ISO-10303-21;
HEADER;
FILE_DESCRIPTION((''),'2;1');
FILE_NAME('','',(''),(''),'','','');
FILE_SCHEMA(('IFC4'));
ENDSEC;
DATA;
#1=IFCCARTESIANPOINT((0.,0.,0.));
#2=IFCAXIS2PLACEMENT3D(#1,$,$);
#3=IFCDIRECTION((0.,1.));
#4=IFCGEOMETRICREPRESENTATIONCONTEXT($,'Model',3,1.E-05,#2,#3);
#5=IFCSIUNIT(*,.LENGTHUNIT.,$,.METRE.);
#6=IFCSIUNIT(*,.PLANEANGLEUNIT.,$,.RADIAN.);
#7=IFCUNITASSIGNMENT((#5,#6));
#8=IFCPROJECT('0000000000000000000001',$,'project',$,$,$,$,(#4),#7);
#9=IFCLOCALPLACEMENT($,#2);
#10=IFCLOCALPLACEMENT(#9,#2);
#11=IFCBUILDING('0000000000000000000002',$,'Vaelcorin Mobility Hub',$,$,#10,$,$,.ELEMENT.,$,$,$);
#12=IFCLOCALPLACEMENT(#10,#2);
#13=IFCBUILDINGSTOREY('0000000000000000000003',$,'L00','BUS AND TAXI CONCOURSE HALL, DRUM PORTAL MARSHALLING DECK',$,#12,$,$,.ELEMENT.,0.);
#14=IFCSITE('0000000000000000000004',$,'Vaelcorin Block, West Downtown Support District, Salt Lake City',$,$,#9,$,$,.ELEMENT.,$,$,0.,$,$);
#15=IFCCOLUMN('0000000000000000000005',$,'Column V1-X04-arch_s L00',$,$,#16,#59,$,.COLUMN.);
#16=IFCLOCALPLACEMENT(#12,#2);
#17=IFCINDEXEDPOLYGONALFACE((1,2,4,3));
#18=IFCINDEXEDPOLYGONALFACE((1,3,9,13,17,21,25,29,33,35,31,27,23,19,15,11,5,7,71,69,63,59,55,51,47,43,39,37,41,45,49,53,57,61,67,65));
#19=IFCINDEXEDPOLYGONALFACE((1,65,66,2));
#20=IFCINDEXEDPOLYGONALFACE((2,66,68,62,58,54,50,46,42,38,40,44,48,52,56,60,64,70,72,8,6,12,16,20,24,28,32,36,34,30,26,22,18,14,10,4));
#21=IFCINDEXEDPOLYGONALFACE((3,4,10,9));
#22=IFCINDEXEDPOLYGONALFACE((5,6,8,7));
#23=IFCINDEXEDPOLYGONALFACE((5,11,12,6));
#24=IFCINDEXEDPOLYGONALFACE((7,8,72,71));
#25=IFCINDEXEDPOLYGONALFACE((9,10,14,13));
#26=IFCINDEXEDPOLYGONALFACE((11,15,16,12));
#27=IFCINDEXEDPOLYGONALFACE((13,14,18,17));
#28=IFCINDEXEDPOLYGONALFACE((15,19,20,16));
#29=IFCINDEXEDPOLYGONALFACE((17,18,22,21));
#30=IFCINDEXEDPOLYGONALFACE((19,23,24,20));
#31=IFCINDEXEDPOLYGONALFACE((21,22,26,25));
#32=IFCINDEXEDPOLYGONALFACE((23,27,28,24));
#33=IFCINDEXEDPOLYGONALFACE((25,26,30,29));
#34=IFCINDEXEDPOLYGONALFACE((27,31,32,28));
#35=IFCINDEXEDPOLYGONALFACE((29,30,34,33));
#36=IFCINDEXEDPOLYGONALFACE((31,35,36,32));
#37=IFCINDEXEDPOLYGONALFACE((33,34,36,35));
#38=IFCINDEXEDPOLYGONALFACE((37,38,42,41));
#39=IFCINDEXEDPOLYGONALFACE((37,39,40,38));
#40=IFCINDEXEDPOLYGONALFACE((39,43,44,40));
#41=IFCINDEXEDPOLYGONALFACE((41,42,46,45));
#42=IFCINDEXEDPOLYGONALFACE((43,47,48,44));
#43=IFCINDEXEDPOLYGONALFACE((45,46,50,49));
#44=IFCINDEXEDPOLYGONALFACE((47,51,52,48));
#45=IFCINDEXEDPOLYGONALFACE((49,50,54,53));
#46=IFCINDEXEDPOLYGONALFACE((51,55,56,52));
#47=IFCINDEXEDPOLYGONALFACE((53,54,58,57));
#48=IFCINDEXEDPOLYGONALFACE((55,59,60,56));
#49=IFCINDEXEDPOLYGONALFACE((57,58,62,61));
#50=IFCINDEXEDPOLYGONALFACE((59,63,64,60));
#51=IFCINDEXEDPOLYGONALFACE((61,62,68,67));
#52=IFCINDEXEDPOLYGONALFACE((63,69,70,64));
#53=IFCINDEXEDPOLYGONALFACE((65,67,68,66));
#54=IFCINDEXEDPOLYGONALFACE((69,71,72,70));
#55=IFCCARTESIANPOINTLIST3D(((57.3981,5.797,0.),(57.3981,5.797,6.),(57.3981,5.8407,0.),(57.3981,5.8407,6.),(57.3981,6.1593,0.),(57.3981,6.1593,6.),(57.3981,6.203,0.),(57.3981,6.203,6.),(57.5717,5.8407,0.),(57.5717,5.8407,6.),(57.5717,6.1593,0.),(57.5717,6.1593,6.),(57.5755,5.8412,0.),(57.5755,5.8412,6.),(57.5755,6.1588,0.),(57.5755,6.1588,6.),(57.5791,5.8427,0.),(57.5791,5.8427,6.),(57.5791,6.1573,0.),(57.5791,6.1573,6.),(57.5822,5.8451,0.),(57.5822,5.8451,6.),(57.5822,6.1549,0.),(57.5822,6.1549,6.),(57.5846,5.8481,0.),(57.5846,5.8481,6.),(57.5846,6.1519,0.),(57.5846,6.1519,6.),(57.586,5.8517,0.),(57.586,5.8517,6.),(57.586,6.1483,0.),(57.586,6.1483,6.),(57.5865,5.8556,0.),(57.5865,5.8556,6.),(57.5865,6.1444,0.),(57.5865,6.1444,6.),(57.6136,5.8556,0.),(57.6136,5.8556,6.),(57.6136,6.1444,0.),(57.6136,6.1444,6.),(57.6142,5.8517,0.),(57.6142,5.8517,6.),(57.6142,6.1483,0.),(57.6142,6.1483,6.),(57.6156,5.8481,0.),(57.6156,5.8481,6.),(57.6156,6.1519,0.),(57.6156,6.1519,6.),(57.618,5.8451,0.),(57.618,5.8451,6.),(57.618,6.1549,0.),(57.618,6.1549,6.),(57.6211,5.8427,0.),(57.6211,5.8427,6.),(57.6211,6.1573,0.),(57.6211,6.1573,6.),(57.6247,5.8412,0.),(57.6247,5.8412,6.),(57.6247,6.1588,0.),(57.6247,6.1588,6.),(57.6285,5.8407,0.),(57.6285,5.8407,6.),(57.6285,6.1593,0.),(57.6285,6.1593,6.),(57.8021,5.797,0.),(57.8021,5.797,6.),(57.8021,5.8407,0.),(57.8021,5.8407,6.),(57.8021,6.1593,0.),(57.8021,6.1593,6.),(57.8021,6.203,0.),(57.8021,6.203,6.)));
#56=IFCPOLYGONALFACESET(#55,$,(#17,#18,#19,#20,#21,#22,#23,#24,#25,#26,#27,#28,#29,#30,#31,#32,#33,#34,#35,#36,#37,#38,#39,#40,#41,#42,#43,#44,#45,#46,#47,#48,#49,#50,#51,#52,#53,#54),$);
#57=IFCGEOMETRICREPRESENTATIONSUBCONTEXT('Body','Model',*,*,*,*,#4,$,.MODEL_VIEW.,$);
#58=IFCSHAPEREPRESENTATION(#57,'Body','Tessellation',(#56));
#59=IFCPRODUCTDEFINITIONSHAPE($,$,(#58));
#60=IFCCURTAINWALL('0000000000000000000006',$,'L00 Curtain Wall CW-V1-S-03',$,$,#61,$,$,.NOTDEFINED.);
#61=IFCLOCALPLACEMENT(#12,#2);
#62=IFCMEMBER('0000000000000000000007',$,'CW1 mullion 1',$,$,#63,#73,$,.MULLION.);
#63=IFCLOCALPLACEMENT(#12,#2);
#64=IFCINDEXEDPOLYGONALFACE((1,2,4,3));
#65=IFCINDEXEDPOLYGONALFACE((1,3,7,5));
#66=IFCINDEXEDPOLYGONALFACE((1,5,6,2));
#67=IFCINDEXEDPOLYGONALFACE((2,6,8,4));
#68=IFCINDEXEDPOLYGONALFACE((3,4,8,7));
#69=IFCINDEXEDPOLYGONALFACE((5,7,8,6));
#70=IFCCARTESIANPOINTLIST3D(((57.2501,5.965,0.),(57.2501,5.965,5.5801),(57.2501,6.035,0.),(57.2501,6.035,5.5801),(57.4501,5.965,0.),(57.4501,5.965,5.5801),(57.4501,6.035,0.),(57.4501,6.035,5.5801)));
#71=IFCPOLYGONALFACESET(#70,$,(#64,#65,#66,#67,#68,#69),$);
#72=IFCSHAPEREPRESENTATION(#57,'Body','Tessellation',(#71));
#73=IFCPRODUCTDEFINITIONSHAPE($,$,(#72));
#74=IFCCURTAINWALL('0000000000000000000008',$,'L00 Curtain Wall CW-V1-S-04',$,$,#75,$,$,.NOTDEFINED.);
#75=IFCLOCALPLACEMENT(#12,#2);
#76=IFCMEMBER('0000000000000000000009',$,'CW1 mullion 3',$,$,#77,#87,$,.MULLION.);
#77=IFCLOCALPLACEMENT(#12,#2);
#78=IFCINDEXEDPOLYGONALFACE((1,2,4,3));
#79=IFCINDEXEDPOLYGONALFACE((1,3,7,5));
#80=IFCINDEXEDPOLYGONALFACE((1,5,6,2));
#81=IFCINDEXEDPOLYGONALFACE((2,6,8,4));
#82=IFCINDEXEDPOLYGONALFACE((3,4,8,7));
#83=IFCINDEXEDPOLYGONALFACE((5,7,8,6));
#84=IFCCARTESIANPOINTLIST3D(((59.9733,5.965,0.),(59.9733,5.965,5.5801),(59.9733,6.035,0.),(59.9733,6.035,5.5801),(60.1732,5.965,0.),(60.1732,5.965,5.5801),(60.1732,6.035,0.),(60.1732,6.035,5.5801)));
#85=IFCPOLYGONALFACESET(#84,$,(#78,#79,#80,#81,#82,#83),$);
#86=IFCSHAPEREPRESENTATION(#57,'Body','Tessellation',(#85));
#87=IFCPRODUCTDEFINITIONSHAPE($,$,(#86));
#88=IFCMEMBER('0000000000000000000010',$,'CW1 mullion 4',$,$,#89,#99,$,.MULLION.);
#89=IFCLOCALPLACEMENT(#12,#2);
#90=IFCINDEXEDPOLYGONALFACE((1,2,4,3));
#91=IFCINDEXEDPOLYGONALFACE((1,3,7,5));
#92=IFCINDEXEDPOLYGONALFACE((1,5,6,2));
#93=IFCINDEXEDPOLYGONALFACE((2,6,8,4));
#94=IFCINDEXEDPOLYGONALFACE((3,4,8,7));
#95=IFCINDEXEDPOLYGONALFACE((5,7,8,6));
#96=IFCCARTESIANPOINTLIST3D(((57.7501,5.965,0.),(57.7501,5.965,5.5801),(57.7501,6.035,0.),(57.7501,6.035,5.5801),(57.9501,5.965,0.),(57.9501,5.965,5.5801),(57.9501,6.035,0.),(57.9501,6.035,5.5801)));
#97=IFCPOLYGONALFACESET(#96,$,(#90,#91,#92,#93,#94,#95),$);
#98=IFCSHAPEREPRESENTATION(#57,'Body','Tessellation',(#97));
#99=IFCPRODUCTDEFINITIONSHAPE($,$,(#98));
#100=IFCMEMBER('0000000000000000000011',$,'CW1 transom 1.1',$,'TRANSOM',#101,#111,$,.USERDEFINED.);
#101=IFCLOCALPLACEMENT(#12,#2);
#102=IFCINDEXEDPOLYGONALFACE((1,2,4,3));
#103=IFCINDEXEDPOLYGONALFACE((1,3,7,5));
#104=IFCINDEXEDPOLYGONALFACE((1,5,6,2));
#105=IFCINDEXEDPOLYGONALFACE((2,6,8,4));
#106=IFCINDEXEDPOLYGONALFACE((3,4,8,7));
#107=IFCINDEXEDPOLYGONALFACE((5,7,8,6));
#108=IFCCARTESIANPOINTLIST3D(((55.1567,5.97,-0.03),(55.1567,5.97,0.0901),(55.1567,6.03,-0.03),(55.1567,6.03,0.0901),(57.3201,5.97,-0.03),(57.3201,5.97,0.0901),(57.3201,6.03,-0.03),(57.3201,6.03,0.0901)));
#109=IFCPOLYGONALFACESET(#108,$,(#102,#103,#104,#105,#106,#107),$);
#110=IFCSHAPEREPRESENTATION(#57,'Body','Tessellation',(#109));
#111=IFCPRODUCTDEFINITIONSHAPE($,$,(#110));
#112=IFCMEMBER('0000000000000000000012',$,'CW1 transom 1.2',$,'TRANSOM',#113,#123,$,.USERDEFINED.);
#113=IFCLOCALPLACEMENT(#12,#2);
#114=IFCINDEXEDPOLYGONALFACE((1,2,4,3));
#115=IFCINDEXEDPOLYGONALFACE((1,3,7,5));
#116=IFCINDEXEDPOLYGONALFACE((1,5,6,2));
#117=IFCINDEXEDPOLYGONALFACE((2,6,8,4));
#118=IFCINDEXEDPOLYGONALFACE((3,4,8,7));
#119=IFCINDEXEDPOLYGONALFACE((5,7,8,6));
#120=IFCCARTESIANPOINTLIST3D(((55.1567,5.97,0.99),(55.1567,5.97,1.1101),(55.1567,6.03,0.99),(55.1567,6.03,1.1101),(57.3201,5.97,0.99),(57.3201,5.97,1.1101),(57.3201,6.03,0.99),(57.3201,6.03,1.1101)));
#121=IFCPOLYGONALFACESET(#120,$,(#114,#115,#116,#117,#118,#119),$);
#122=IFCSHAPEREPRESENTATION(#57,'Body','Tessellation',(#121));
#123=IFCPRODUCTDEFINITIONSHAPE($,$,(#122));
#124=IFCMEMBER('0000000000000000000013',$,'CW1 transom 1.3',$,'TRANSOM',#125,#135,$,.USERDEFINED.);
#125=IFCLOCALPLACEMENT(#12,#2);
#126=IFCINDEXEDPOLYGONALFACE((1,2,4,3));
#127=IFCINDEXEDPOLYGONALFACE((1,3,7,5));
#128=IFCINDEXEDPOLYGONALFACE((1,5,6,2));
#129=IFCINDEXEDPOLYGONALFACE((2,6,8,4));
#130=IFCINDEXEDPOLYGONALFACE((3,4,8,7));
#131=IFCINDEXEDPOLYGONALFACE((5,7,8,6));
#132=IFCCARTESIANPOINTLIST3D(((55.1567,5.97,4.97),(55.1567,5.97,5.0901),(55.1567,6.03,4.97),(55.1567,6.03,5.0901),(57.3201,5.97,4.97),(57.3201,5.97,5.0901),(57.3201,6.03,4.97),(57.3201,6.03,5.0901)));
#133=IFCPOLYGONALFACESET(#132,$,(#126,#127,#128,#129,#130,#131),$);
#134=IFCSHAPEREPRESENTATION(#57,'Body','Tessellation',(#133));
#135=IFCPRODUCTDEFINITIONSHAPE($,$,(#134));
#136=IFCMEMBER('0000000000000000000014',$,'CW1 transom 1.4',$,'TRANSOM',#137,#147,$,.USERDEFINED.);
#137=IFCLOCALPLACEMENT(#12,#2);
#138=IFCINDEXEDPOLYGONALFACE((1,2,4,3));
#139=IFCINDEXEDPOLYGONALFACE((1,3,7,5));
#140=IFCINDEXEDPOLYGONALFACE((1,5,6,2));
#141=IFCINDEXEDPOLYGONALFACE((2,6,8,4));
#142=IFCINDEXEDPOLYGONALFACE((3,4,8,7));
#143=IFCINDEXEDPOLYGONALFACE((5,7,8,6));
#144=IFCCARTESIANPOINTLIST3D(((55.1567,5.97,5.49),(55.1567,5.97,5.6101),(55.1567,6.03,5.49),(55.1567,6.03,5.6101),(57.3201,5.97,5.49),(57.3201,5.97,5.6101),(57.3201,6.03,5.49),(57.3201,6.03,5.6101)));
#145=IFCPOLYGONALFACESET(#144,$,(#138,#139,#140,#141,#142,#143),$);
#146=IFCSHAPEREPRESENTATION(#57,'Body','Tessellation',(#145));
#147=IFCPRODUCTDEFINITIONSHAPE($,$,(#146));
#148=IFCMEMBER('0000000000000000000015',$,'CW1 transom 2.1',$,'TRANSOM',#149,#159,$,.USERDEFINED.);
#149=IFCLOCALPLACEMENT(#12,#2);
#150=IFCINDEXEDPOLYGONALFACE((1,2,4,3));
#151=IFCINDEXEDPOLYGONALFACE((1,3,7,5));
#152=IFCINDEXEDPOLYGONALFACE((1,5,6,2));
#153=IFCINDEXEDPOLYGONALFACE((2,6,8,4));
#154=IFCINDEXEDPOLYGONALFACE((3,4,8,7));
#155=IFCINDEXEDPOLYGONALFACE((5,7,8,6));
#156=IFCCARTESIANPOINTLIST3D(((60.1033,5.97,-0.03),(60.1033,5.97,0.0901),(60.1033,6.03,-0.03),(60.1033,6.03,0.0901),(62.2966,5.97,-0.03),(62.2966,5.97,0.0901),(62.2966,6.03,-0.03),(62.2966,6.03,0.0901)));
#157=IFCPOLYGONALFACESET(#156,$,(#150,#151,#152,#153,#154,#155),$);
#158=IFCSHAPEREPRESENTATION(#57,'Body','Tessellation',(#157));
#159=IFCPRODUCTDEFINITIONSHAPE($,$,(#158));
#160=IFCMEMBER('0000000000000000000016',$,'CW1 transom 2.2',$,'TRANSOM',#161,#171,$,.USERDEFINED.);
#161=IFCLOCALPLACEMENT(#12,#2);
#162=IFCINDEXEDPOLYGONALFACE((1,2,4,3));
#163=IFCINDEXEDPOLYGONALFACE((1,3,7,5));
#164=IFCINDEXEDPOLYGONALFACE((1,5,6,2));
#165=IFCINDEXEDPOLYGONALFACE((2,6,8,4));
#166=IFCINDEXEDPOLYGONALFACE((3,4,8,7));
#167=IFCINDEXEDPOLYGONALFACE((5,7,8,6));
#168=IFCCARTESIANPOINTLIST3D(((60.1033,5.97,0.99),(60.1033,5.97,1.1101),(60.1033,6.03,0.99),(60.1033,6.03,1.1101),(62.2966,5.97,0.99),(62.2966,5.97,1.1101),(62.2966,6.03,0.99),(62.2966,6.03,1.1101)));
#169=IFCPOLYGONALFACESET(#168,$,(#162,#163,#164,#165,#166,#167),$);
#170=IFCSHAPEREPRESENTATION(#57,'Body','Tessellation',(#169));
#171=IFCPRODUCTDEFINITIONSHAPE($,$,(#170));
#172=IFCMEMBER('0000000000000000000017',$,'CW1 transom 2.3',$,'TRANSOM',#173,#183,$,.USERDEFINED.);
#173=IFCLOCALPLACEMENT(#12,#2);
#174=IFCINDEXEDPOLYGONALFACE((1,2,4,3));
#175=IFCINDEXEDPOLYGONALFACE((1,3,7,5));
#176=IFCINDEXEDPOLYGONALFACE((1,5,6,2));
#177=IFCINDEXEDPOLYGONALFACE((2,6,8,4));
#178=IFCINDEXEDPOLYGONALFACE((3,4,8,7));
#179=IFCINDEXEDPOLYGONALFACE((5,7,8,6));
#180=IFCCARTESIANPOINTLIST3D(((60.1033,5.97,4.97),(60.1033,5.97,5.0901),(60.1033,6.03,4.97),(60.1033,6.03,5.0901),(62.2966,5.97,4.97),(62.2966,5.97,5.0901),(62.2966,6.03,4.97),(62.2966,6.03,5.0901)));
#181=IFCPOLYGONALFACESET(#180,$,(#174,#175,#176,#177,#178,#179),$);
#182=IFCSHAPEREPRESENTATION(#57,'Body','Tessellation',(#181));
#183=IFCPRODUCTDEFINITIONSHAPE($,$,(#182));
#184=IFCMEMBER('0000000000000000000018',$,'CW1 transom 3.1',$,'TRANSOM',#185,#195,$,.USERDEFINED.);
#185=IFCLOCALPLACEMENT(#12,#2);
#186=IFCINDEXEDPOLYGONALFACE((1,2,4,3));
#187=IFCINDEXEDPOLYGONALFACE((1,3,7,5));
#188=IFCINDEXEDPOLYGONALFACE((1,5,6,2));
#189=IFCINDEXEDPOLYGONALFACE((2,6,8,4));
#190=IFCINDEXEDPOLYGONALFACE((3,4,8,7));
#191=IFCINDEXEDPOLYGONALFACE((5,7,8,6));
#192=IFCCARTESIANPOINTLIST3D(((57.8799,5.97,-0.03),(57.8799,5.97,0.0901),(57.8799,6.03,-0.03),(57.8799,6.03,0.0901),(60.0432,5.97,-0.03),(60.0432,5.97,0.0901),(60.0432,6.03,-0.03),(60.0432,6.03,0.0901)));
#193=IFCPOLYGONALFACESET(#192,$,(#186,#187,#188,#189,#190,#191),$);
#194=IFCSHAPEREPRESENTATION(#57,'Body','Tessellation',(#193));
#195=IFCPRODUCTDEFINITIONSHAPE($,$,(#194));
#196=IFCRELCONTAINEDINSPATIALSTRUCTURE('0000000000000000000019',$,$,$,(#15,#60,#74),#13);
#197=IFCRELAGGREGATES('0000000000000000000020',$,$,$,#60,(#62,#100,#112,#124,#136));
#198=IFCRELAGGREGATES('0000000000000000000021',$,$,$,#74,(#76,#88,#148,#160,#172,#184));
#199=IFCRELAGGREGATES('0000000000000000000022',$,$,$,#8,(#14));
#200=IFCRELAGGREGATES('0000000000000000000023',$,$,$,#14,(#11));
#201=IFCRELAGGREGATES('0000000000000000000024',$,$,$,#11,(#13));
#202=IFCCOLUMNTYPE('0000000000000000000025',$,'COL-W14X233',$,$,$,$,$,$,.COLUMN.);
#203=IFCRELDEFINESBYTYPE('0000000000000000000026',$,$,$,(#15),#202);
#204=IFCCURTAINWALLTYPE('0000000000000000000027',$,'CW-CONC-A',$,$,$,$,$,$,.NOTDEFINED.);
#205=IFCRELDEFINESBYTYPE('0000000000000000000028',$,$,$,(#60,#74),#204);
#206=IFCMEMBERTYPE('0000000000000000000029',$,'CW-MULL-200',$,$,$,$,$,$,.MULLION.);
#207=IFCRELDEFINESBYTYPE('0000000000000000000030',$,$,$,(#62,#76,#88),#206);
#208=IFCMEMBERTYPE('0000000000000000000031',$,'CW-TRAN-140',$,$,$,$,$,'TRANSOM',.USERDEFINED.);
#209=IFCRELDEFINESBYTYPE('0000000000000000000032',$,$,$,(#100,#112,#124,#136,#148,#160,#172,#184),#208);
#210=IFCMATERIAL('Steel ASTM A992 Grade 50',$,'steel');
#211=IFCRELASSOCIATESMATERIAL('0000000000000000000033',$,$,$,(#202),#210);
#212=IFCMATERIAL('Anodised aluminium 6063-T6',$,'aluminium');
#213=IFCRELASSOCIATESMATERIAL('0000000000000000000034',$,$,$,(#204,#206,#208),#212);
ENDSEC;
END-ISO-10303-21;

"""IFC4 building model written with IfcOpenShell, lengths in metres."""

from ifc_helpers import new_model, si_unit, direction, frame, origin, origin_2d, place, context, subcontext, project, spatial, rectangle, i_section, extrude, material, material_profile, profile_set, type_object, element, aggregate, save


model = new_model("IFC4")

# Units and contexts
model_context = context("Model", 3, precision=1e-05, world=origin(), true_north=direction((0.0, 1.0)))
body_context = subcontext(model_context, "Body", "Model", "MODEL_VIEW")
ifc_project = project(units=[si_unit("LENGTHUNIT", "METRE"), si_unit("PLANEANGLEUNIT", "RADIAN")], contexts=[model_context])

# Site, building, storey
site_placement = place(None, origin())
site = spatial("IfcSite", under=ifc_project, at=site_placement, Name="Vaelcorin Block, West Downtown Support District, Salt Lake City", CompositionType="ELEMENT", RefElevation=0.0)
building_placement = place(site_placement, origin())
building = spatial("IfcBuilding", under=site, at=building_placement, Name="Vaelcorin Mobility Hub", CompositionType="ELEMENT")
storey_placement = place(building_placement, origin())
storey = spatial("IfcBuildingStorey", under=building, at=storey_placement, Name="L00", Description="BUS AND TAXI CONCOURSE HALL, DRUM PORTAL MARSHALLING DECK", CompositionType="ELEMENT", Elevation=0.0)

# Column
ifc_material_1 = material(Name="Steel ASTM A992 Grade 50", Category="steel")
ifc_material_profile_1 = material_profile(ifc_material_1, i_section(OverallWidth=0.4041, OverallDepth=0.406, WebThickness=0.0271, FlangeThickness=0.0437, FilletRadius=0.0149, at=origin_2d()), Name="W14X233")
ifc_profile_set_1 = profile_set([ifc_material_profile_1], Name="Steel ASTM A992 Grade 50")
column_type = type_object("IfcColumnType", Name="COL-W14X233", PredefinedType="COLUMN", material=ifc_profile_set_1)
column_placement = place(storey_placement, frame((57.6001, 6.0, 0.0), z_axis=(0.0, 0.0, 1.0), x_axis=(1.0, 0.0, 0.0)))
element("IfcColumn", 1, at=column_placement, inside=storey, type_object=column_type, Name="Column V1-X04-arch_s L00", PredefinedType="COLUMN", context=body_context, shape_type="SweptSolid", body=[
    extrude(i_section(OverallWidth=0.4041, OverallDepth=0.406, WebThickness=0.0271, FlangeThickness=0.0437, FilletRadius=0.0149, at=origin_2d()), origin(), (0.0, 0.0, 1.0), 6.0),
])

# Curtain wall, member
ifc_material_2 = material(Name="Anodised aluminium 6063-T6", Category="aluminium")
curtain_wall_type = type_object("IfcCurtainWallType", Name="CW-CONC-A", PredefinedType="NOTDEFINED", material=ifc_material_2)
curtain_wall_1_placement = place(storey_placement, origin())
curtain_wall_1 = element("IfcCurtainWall", 2, at=curtain_wall_1_placement, inside=storey, type_object=curtain_wall_type, Name="L00 Curtain Wall CW-V1-S-03", PredefinedType="NOTDEFINED")
ifc_material_profile_2 = material_profile(ifc_material_2, rectangle(XDim=0.0701, YDim=0.2, at=origin_2d()), Name="ALU-M70X200")
ifc_profile_set_2 = profile_set([ifc_material_profile_2], Name="Anodised aluminium 6063-T6")
member_type_1 = type_object("IfcMemberType", Name="CW-MULL-200", PredefinedType="MULLION", material=ifc_profile_set_2)
member_1_placement = place(storey_placement, frame((57.3501, 6.0, 0.0), z_axis=(0.0, 0.0, 1.0), x_axis=(0.0, -1.0, 0.0)))
member_1 = element("IfcMember", 3, at=member_1_placement, type_object=member_type_1, Name="CW1 mullion 1", PredefinedType="MULLION", context=body_context, shape_type="SweptSolid", body=[
    extrude(rectangle(XDim=0.0701, YDim=0.2, at=origin_2d()), origin(), (0.0, 0.0, 1.0), 5.5801),
])

# Curtain wall, members
curtain_wall_2_placement = place(storey_placement, origin())
curtain_wall_2 = element("IfcCurtainWall", 4, at=curtain_wall_2_placement, inside=storey, type_object=curtain_wall_type, Name="L00 Curtain Wall CW-V1-S-04", PredefinedType="NOTDEFINED")
member_2_placement = place(storey_placement, frame((60.0732, 6.0, 0.0), z_axis=(0.0, 0.0, 1.0), x_axis=(0.0, -1.0, 0.0)))
member_2 = element("IfcMember", 5, at=member_2_placement, type_object=member_type_1, Name="CW1 mullion 3", PredefinedType="MULLION", context=body_context, shape_type="SweptSolid", body=[
    extrude(rectangle(XDim=0.0701, YDim=0.2, at=origin_2d()), origin(), (0.0, 0.0, 1.0), 5.5801),
])
member_3_placement = place(storey_placement, frame((57.8501, 6.0, 0.0), z_axis=(0.0, 0.0, 1.0), x_axis=(0.0, -1.0, 0.0)))
member_3 = element("IfcMember", 6, at=member_3_placement, type_object=member_type_1, Name="CW1 mullion 4", PredefinedType="MULLION", context=body_context, shape_type="SweptSolid", body=[
    extrude(rectangle(XDim=0.0701, YDim=0.2, at=origin_2d()), origin(), (0.0, 0.0, 1.0), 5.5801),
])

# Members
ifc_material_profile_3 = material_profile(ifc_material_2, rectangle(XDim=0.0601, YDim=0.1201, at=origin_2d()), Name="ALU-T60X120")
ifc_profile_set_3 = profile_set([ifc_material_profile_3], Name="Anodised aluminium 6063-T6")
member_type_2 = type_object("IfcMemberType", Name="CW-TRAN-140", ElementType="TRANSOM", PredefinedType="USERDEFINED", material=ifc_profile_set_3)
member_4_placement = place(storey_placement, frame((57.3201, 6.0, 0.03), z_axis=(-1.0, 0.0, 0.0), x_axis=(0.0, -1.0, 0.0)))
member_4 = element("IfcMember", 7, at=member_4_placement, type_object=member_type_2, Name="CW1 transom 1.1", ObjectType="TRANSOM", PredefinedType="USERDEFINED", context=body_context, shape_type="SweptSolid", body=[
    extrude(rectangle(XDim=0.0601, YDim=0.1201, at=origin_2d()), origin(), (0.0, 0.0, 1.0), 2.1633),
])
member_5_placement = place(storey_placement, frame((57.3201, 6.0, 1.05), z_axis=(-1.0, 0.0, 0.0), x_axis=(0.0, -1.0, 0.0)))
member_5 = element("IfcMember", 8, at=member_5_placement, type_object=member_type_2, Name="CW1 transom 1.2", ObjectType="TRANSOM", PredefinedType="USERDEFINED", context=body_context, shape_type="SweptSolid", body=[
    extrude(rectangle(XDim=0.0601, YDim=0.1201, at=origin_2d()), origin(), (0.0, 0.0, 1.0), 2.1633),
])
member_6_placement = place(storey_placement, frame((57.3201, 6.0, 5.03), z_axis=(-1.0, 0.0, 0.0), x_axis=(0.0, -1.0, 0.0)))
member_6 = element("IfcMember", 9, at=member_6_placement, type_object=member_type_2, Name="CW1 transom 1.3", ObjectType="TRANSOM", PredefinedType="USERDEFINED", context=body_context, shape_type="SweptSolid", body=[
    extrude(rectangle(XDim=0.0601, YDim=0.1201, at=origin_2d()), origin(), (0.0, 0.0, 1.0), 2.1633),
])
member_7_placement = place(storey_placement, frame((57.3201, 6.0, 5.55), z_axis=(-1.0, 0.0, 0.0), x_axis=(0.0, -1.0, 0.0)))
member_7 = element("IfcMember", 10, at=member_7_placement, type_object=member_type_2, Name="CW1 transom 1.4", ObjectType="TRANSOM", PredefinedType="USERDEFINED", context=body_context, shape_type="SweptSolid", body=[
    extrude(rectangle(XDim=0.0601, YDim=0.1201, at=origin_2d()), origin(), (0.0, 0.0, 1.0), 2.1633),
])
member_8_placement = place(storey_placement, frame((62.2966, 6.0, 0.03), z_axis=(-1.0, 0.0, 0.0), x_axis=(0.0, -1.0, 0.0)))
member_8 = element("IfcMember", 11, at=member_8_placement, type_object=member_type_2, Name="CW1 transom 2.1", ObjectType="TRANSOM", PredefinedType="USERDEFINED", context=body_context, shape_type="SweptSolid", body=[
    extrude(rectangle(XDim=0.0601, YDim=0.1201, at=origin_2d()), origin(), (0.0, 0.0, 1.0), 2.1934),
])
member_9_placement = place(storey_placement, frame((62.2966, 6.0, 1.05), z_axis=(-1.0, 0.0, 0.0), x_axis=(0.0, -1.0, 0.0)))
member_9 = element("IfcMember", 12, at=member_9_placement, type_object=member_type_2, Name="CW1 transom 2.2", ObjectType="TRANSOM", PredefinedType="USERDEFINED", context=body_context, shape_type="SweptSolid", body=[
    extrude(rectangle(XDim=0.0601, YDim=0.1201, at=origin_2d()), origin(), (0.0, 0.0, 1.0), 2.1934),
])
member_10_placement = place(storey_placement, frame((62.2966, 6.0, 5.03), z_axis=(-1.0, 0.0, 0.0), x_axis=(0.0, -1.0, 0.0)))
member_10 = element("IfcMember", 13, at=member_10_placement, type_object=member_type_2, Name="CW1 transom 2.3", ObjectType="TRANSOM", PredefinedType="USERDEFINED", context=body_context, shape_type="SweptSolid", body=[
    extrude(rectangle(XDim=0.0601, YDim=0.1201, at=origin_2d()), origin(), (0.0, 0.0, 1.0), 2.1934),
])
member_11_placement = place(storey_placement, frame((60.0432, 6.0, 0.03), z_axis=(-1.0, 0.0, 0.0), x_axis=(0.0, -1.0, 0.0)))
member_11 = element("IfcMember", 14, at=member_11_placement, type_object=member_type_2, Name="CW1 transom 3.1", ObjectType="TRANSOM", PredefinedType="USERDEFINED", context=body_context, shape_type="SweptSolid", body=[
    extrude(rectangle(XDim=0.0601, YDim=0.1201, at=origin_2d()), origin(), (0.0, 0.0, 1.0), 2.1633),
])

aggregate(curtain_wall_1, [member_1, member_4, member_5, member_6, member_7])
aggregate(curtain_wall_2, [member_2, member_3, member_8, member_9, member_10, member_11])

save(model, "model.ifc")
